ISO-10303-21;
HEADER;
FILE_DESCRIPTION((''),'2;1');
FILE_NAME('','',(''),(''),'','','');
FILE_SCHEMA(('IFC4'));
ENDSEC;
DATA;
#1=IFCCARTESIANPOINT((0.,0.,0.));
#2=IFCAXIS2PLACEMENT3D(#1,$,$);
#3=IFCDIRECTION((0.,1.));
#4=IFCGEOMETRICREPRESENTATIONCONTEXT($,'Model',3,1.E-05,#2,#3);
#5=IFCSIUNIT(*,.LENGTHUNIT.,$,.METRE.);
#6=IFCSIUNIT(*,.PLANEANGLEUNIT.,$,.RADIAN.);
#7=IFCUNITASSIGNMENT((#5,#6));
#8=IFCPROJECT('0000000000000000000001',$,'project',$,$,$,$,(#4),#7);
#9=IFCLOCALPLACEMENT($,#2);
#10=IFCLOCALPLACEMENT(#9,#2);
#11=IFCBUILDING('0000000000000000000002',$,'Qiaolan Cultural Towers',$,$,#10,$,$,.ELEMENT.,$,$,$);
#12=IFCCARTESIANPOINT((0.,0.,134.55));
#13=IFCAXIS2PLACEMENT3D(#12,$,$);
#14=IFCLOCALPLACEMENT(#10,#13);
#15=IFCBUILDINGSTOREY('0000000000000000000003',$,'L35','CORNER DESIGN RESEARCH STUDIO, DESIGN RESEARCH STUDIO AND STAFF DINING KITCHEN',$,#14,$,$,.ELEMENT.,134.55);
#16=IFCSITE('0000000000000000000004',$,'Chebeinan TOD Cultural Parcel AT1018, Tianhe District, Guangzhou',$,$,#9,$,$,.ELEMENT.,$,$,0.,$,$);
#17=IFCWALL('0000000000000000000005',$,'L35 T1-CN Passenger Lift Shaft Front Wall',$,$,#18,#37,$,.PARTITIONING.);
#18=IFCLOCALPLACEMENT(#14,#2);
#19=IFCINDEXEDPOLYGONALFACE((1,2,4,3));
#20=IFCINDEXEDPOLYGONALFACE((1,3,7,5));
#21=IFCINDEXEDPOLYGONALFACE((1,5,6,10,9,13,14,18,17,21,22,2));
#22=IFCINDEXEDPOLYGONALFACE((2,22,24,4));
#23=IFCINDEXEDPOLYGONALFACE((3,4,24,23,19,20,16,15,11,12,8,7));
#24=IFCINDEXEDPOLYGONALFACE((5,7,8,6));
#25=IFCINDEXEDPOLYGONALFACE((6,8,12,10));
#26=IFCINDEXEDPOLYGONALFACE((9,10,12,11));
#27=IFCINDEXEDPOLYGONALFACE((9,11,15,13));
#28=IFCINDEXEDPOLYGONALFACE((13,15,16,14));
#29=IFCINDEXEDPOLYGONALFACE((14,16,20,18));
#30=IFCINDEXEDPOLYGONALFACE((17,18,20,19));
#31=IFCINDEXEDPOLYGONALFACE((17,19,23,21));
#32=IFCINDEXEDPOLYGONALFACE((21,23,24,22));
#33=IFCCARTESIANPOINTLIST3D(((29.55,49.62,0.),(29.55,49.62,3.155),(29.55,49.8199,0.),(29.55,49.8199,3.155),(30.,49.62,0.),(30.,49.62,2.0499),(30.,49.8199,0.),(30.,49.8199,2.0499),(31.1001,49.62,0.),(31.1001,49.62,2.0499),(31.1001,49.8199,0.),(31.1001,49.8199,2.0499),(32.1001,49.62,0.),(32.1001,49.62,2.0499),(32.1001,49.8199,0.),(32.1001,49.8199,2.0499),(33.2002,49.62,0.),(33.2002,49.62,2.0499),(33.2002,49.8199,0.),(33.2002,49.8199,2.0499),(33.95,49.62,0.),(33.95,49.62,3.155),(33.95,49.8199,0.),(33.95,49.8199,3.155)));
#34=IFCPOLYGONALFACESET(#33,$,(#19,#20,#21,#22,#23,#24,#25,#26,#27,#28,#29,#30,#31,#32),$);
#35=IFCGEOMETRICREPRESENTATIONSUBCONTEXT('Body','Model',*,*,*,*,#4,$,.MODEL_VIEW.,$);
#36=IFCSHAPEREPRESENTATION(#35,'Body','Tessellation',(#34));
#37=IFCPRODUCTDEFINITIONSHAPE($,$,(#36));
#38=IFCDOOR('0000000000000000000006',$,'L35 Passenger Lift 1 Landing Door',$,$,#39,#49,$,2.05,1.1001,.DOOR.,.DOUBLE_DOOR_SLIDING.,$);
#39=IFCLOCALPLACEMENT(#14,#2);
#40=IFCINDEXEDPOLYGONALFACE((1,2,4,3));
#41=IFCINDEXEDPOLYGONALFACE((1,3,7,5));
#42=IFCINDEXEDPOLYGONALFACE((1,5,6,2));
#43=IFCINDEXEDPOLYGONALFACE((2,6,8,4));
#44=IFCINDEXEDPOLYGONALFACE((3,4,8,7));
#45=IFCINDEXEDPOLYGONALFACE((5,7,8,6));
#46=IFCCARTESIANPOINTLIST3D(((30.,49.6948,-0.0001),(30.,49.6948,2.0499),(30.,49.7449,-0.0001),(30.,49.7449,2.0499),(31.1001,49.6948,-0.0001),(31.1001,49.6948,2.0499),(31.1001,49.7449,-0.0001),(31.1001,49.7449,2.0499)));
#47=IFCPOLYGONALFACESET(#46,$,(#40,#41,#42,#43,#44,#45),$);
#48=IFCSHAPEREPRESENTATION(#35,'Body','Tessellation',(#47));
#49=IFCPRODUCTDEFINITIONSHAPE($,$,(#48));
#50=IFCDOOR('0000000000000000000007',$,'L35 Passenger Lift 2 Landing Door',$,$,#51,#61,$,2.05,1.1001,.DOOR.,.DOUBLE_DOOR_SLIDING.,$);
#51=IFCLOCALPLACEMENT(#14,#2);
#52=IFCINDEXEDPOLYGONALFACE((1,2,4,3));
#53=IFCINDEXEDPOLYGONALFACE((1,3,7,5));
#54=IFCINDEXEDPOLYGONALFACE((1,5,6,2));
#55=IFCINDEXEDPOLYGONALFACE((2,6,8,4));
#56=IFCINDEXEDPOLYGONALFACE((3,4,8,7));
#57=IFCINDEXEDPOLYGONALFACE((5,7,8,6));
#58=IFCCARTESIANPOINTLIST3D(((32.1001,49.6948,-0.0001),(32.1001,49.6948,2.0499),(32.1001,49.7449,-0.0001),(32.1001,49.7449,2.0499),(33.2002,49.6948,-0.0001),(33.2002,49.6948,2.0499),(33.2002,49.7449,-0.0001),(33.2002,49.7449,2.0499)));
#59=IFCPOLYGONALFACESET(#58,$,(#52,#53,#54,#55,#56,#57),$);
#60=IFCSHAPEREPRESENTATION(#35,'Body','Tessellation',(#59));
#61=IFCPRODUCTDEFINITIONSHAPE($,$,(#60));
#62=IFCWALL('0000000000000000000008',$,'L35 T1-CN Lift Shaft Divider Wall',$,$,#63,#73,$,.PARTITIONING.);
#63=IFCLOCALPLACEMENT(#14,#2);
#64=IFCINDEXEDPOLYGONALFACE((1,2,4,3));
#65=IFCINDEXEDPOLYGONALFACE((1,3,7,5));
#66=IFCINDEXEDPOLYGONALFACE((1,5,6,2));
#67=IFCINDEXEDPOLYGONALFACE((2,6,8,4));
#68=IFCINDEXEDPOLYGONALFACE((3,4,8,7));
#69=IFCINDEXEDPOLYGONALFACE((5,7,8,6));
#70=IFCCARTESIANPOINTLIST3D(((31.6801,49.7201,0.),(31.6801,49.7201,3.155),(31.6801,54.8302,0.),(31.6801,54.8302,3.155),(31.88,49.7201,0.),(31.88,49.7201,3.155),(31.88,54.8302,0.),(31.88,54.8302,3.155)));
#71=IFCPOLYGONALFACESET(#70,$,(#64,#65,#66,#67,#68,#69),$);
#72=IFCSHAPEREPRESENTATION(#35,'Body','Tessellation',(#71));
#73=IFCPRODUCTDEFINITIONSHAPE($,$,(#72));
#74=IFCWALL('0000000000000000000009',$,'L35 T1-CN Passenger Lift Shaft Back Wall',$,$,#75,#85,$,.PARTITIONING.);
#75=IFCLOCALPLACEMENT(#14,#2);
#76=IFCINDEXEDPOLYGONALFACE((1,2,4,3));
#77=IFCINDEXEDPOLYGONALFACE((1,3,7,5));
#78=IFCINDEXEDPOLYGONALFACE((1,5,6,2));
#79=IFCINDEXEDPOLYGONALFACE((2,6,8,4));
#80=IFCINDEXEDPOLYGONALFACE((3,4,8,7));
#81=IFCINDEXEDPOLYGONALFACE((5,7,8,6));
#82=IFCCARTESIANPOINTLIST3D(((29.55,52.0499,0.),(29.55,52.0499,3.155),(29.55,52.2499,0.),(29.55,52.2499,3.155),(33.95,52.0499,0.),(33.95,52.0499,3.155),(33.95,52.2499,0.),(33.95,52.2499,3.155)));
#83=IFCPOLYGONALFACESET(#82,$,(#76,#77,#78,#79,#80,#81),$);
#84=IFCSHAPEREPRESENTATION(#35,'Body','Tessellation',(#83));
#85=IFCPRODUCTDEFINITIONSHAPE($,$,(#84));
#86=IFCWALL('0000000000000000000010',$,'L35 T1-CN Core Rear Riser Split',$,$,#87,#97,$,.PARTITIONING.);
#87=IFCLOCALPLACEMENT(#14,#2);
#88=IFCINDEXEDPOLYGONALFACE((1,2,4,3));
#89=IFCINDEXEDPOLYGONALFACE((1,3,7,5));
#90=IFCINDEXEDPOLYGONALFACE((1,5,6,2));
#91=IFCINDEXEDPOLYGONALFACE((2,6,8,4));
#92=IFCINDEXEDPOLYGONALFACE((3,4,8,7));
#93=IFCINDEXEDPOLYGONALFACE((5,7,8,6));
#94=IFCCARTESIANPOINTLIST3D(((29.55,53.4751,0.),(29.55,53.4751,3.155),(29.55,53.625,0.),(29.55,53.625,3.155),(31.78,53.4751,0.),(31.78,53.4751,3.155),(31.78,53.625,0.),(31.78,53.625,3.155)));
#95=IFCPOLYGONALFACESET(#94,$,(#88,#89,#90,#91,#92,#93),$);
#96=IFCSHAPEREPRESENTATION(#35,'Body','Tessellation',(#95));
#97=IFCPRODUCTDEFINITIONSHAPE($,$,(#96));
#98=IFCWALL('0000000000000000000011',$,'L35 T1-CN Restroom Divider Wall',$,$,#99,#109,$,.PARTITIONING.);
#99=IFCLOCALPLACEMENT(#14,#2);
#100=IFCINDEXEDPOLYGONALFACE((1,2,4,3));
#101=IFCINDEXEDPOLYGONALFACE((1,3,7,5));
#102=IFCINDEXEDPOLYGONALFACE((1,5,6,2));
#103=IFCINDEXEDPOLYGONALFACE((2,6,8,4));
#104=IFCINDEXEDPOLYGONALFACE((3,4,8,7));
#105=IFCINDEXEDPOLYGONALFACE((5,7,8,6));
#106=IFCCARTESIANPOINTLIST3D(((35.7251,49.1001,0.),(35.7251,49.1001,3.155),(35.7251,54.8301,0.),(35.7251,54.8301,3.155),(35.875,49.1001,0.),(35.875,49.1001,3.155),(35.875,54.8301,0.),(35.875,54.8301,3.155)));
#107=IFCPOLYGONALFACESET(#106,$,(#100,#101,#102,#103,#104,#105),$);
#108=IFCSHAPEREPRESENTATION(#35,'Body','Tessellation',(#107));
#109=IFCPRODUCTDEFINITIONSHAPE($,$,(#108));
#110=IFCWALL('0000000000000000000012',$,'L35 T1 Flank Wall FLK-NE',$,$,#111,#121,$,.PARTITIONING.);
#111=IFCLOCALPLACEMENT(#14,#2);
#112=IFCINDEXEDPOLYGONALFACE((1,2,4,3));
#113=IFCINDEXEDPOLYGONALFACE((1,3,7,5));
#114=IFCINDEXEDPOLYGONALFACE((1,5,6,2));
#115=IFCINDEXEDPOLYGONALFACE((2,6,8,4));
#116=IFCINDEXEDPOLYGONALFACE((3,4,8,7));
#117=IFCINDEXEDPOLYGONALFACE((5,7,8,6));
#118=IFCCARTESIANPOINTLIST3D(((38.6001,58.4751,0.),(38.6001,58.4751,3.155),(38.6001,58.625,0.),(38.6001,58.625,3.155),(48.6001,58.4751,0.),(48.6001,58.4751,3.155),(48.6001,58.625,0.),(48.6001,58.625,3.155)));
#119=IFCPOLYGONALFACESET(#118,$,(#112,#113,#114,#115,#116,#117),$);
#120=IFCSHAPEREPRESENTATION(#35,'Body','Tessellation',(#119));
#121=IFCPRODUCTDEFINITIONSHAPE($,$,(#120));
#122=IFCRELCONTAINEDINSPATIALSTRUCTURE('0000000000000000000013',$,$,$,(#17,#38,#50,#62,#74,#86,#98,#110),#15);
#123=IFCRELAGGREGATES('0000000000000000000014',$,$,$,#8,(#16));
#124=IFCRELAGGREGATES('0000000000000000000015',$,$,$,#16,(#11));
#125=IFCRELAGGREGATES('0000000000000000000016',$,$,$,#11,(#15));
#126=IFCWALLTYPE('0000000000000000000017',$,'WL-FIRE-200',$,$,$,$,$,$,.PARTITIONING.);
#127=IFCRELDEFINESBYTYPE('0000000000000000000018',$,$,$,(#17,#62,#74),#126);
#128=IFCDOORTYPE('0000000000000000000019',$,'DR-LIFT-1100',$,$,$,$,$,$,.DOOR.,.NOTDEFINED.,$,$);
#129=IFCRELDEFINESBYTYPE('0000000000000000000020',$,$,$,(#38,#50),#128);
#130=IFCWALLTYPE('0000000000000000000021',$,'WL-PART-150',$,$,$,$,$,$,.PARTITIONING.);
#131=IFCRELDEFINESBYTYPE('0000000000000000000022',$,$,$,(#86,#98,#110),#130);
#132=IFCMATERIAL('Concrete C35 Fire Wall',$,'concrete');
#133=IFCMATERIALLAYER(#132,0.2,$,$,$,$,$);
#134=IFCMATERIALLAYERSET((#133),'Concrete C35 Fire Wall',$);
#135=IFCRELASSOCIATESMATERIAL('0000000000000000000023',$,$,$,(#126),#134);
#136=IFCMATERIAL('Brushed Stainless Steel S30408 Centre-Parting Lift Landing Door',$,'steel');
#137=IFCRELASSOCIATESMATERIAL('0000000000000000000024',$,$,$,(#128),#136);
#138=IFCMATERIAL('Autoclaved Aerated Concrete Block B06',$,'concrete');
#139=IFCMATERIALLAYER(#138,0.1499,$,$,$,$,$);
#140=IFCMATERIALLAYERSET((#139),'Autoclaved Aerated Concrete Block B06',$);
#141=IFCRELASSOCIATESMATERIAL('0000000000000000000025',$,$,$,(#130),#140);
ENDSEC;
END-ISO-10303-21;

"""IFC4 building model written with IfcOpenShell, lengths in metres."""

from ifc_helpers import new_model, si_unit, direction, frame, frame_2d, origin, place, context, subcontext, project, spatial, rectangle, extrude, material, layer, layer_set, type_object, element, fill, save


model = new_model("IFC4")

# Units and contexts
model_context = context("Model", 3, precision=1e-05, world=origin(), true_north=direction((0.0, 1.0)))
body_context = subcontext(model_context, "Body", "Model", "MODEL_VIEW")
ifc_project = project(units=[si_unit("LENGTHUNIT", "METRE"), si_unit("PLANEANGLEUNIT", "RADIAN")], contexts=[model_context])

# Site, building, storey
site_placement = place(None, origin())
site = spatial("IfcSite", under=ifc_project, at=site_placement, Name="Chebeinan TOD Cultural Parcel AT1018, Tianhe District, Guangzhou", CompositionType="ELEMENT", RefElevation=0.0)
building_placement = place(site_placement, origin())
building = spatial("IfcBuilding", under=site, at=building_placement, Name="Qiaolan Cultural Towers", CompositionType="ELEMENT")
storey_placement = place(building_placement, frame((0.0, 0.0, 134.55)))
storey = spatial("IfcBuildingStorey", under=building, at=storey_placement, Name="L35", Description="CORNER DESIGN RESEARCH STUDIO, DESIGN RESEARCH STUDIO AND STAFF DINING KITCHEN", CompositionType="ELEMENT", Elevation=134.55)

# Wall, openings, doors
ifc_material_1 = material(Name="Concrete C35 Fire Wall", Category="concrete")
ifc_layer_1 = layer(ifc_material_1, 0.2)
ifc_layer_set_1 = layer_set([ifc_layer_1], Name="Concrete C35 Fire Wall")
wall_type_1 = type_object("IfcWallType", Name="WL-FIRE-200", PredefinedType="PARTITIONING", material=ifc_layer_set_1)
wall_1_placement = place(storey_placement, frame((29.55, 49.72, 0.0), z_axis=(0.0, 0.0, 1.0), x_axis=(1.0, 0.0, 0.0)))
wall_1 = element("IfcWall", 1, at=wall_1_placement, inside=storey, type_object=wall_type_1, Name="L35 T1-CN Passenger Lift Shaft Front Wall", PredefinedType="PARTITIONING", context=body_context, shape_type="SweptSolid", body=[
    extrude(rectangle(XDim=4.3999, YDim=0.2, at=frame_2d((2.2, 0.0))), origin(), (0.0, 0.0, 1.0), 3.155),
])
opening_1_placement = place(wall_1_placement, frame((0.45, 0.0, 0.0)))
opening_1 = element("IfcOpeningElement", 2, at=opening_1_placement, cuts=wall_1, PredefinedType="OPENING", context=body_context, shape_type="SweptSolid", body=[
    extrude(rectangle(XDim=1.1001, YDim=2.05, at=frame_2d((0.55, 1.0249))), frame((0.0, 0.1099, 0.0), z_axis=(0.0, -1.0, 0.0), x_axis=(1.0, 0.0, 0.0)), (0.0, 0.0, 1.0), 0.22),
])
opening_2_placement = place(wall_1_placement, frame((2.55, 0.0, 0.0)))
opening_2 = element("IfcOpeningElement", 3, at=opening_2_placement, cuts=wall_1, PredefinedType="OPENING", context=body_context, shape_type="SweptSolid", body=[
    extrude(rectangle(XDim=1.1001, YDim=2.05, at=frame_2d((0.55, 1.0249))), frame((0.0, 0.1099, 0.0), z_axis=(0.0, -1.0, 0.0), x_axis=(1.0, 0.0, 0.0)), (0.0, 0.0, 1.0), 0.22),
])
ifc_material_2 = material(Name="Brushed Stainless Steel S30408 Centre-Parting Lift Landing Door", Category="steel")
door_type = type_object("IfcDoorType", Name="DR-LIFT-1100", OperationType="NOTDEFINED", PredefinedType="DOOR", material=ifc_material_2)
door_1_placement = place(opening_1_placement, origin())
door_1 = element("IfcDoor", 4, at=door_1_placement, inside=storey, type_object=door_type, Name="L35 Passenger Lift 1 Landing Door", OperationType="DOUBLE_DOOR_SLIDING", OverallHeight=2.05, OverallWidth=1.1001, PredefinedType="DOOR", context=body_context, shape_type="SweptSolid", body=[
    extrude(rectangle(XDim=1.1001, YDim=2.05, at=frame_2d((0.55, 1.0249))), frame((0.0, 0.0249, 0.0), z_axis=(0.0, -1.0, 0.0), x_axis=(1.0, 0.0, 0.0)), (0.0, 0.0, 1.0), 0.05),
])
fill(opening_1, door_1)
door_2_placement = place(opening_2_placement, origin())
door_2 = element("IfcDoor", 5, at=door_2_placement, inside=storey, type_object=door_type, Name="L35 Passenger Lift 2 Landing Door", OperationType="DOUBLE_DOOR_SLIDING", OverallHeight=2.05, OverallWidth=1.1001, PredefinedType="DOOR", context=body_context, shape_type="SweptSolid", body=[
    extrude(rectangle(XDim=1.1001, YDim=2.05, at=frame_2d((0.55, 1.0249))), frame((0.0, 0.0249, 0.0), z_axis=(0.0, -1.0, 0.0), x_axis=(1.0, 0.0, 0.0)), (0.0, 0.0, 1.0), 0.05),
])
fill(opening_2, door_2)

# Walls
wall_2_placement = place(storey_placement, frame((31.78, 49.72, 0.0), z_axis=(0.0, 0.0, 1.0), x_axis=(0.0, 1.0, 0.0)))
element("IfcWall", 6, at=wall_2_placement, inside=storey, type_object=wall_type_1, Name="L35 T1-CN Lift Shaft Divider Wall", PredefinedType="PARTITIONING", context=body_context, shape_type="SweptSolid", body=[
    extrude(rectangle(XDim=5.1101, YDim=0.2, at=frame_2d((2.5552, 0.0))), origin(), (0.0, 0.0, 1.0), 3.155),
])
wall_3_placement = place(storey_placement, frame((29.55, 52.1499, 0.0), z_axis=(0.0, 0.0, 1.0), x_axis=(1.0, 0.0, 0.0)))
element("IfcWall", 7, at=wall_3_placement, inside=storey, type_object=wall_type_1, Name="L35 T1-CN Passenger Lift Shaft Back Wall", PredefinedType="PARTITIONING", context=body_context, shape_type="SweptSolid", body=[
    extrude(rectangle(XDim=4.3999, YDim=0.2, at=frame_2d((2.2, 0.0))), origin(), (0.0, 0.0, 1.0), 3.155),
])
ifc_material_3 = material(Name="Autoclaved Aerated Concrete Block B06", Category="concrete")
ifc_layer_2 = layer(ifc_material_3, 0.1499)
ifc_layer_set_2 = layer_set([ifc_layer_2], Name="Autoclaved Aerated Concrete Block B06")
wall_type_2 = type_object("IfcWallType", Name="WL-PART-150", PredefinedType="PARTITIONING", material=ifc_layer_set_2)
wall_4_placement = place(storey_placement, frame((29.55, 53.55, 0.0), z_axis=(0.0, 0.0, 1.0), x_axis=(1.0, 0.0, 0.0)))
element("IfcWall", 8, at=wall_4_placement, inside=storey, type_object=wall_type_2, Name="L35 T1-CN Core Rear Riser Split", PredefinedType="PARTITIONING", context=body_context, shape_type="SweptSolid", body=[
    extrude(rectangle(XDim=2.23, YDim=0.1499, at=frame_2d((1.115, 0.0))), origin(), (0.0, 0.0, 1.0), 3.155),
])
wall_5_placement = place(storey_placement, frame((35.8, 49.1001, 0.0), z_axis=(0.0, 0.0, 1.0), x_axis=(0.0, 1.0, 0.0)))
element("IfcWall", 9, at=wall_5_placement, inside=storey, type_object=wall_type_2, Name="L35 T1-CN Restroom Divider Wall", PredefinedType="PARTITIONING", context=body_context, shape_type="SweptSolid", body=[
    extrude(rectangle(XDim=5.73, YDim=0.1499, at=frame_2d((2.865, 0.0))), origin(), (0.0, 0.0, 1.0), 3.155),
])
wall_6_placement = place(storey_placement, frame((38.6001, 58.55, 0.0), z_axis=(0.0, 0.0, 1.0), x_axis=(1.0, 0.0, 0.0)))
element("IfcWall", 10, at=wall_6_placement, inside=storey, type_object=wall_type_2, Name="L35 T1 Flank Wall FLK-NE", PredefinedType="PARTITIONING", context=body_context, shape_type="SweptSolid", body=[
    extrude(rectangle(XDim=10.0, YDim=0.1499, at=frame_2d((5.0, 0.0))), origin(), (0.0, 0.0, 1.0), 3.155),
])

save(model, "model.ifc")
